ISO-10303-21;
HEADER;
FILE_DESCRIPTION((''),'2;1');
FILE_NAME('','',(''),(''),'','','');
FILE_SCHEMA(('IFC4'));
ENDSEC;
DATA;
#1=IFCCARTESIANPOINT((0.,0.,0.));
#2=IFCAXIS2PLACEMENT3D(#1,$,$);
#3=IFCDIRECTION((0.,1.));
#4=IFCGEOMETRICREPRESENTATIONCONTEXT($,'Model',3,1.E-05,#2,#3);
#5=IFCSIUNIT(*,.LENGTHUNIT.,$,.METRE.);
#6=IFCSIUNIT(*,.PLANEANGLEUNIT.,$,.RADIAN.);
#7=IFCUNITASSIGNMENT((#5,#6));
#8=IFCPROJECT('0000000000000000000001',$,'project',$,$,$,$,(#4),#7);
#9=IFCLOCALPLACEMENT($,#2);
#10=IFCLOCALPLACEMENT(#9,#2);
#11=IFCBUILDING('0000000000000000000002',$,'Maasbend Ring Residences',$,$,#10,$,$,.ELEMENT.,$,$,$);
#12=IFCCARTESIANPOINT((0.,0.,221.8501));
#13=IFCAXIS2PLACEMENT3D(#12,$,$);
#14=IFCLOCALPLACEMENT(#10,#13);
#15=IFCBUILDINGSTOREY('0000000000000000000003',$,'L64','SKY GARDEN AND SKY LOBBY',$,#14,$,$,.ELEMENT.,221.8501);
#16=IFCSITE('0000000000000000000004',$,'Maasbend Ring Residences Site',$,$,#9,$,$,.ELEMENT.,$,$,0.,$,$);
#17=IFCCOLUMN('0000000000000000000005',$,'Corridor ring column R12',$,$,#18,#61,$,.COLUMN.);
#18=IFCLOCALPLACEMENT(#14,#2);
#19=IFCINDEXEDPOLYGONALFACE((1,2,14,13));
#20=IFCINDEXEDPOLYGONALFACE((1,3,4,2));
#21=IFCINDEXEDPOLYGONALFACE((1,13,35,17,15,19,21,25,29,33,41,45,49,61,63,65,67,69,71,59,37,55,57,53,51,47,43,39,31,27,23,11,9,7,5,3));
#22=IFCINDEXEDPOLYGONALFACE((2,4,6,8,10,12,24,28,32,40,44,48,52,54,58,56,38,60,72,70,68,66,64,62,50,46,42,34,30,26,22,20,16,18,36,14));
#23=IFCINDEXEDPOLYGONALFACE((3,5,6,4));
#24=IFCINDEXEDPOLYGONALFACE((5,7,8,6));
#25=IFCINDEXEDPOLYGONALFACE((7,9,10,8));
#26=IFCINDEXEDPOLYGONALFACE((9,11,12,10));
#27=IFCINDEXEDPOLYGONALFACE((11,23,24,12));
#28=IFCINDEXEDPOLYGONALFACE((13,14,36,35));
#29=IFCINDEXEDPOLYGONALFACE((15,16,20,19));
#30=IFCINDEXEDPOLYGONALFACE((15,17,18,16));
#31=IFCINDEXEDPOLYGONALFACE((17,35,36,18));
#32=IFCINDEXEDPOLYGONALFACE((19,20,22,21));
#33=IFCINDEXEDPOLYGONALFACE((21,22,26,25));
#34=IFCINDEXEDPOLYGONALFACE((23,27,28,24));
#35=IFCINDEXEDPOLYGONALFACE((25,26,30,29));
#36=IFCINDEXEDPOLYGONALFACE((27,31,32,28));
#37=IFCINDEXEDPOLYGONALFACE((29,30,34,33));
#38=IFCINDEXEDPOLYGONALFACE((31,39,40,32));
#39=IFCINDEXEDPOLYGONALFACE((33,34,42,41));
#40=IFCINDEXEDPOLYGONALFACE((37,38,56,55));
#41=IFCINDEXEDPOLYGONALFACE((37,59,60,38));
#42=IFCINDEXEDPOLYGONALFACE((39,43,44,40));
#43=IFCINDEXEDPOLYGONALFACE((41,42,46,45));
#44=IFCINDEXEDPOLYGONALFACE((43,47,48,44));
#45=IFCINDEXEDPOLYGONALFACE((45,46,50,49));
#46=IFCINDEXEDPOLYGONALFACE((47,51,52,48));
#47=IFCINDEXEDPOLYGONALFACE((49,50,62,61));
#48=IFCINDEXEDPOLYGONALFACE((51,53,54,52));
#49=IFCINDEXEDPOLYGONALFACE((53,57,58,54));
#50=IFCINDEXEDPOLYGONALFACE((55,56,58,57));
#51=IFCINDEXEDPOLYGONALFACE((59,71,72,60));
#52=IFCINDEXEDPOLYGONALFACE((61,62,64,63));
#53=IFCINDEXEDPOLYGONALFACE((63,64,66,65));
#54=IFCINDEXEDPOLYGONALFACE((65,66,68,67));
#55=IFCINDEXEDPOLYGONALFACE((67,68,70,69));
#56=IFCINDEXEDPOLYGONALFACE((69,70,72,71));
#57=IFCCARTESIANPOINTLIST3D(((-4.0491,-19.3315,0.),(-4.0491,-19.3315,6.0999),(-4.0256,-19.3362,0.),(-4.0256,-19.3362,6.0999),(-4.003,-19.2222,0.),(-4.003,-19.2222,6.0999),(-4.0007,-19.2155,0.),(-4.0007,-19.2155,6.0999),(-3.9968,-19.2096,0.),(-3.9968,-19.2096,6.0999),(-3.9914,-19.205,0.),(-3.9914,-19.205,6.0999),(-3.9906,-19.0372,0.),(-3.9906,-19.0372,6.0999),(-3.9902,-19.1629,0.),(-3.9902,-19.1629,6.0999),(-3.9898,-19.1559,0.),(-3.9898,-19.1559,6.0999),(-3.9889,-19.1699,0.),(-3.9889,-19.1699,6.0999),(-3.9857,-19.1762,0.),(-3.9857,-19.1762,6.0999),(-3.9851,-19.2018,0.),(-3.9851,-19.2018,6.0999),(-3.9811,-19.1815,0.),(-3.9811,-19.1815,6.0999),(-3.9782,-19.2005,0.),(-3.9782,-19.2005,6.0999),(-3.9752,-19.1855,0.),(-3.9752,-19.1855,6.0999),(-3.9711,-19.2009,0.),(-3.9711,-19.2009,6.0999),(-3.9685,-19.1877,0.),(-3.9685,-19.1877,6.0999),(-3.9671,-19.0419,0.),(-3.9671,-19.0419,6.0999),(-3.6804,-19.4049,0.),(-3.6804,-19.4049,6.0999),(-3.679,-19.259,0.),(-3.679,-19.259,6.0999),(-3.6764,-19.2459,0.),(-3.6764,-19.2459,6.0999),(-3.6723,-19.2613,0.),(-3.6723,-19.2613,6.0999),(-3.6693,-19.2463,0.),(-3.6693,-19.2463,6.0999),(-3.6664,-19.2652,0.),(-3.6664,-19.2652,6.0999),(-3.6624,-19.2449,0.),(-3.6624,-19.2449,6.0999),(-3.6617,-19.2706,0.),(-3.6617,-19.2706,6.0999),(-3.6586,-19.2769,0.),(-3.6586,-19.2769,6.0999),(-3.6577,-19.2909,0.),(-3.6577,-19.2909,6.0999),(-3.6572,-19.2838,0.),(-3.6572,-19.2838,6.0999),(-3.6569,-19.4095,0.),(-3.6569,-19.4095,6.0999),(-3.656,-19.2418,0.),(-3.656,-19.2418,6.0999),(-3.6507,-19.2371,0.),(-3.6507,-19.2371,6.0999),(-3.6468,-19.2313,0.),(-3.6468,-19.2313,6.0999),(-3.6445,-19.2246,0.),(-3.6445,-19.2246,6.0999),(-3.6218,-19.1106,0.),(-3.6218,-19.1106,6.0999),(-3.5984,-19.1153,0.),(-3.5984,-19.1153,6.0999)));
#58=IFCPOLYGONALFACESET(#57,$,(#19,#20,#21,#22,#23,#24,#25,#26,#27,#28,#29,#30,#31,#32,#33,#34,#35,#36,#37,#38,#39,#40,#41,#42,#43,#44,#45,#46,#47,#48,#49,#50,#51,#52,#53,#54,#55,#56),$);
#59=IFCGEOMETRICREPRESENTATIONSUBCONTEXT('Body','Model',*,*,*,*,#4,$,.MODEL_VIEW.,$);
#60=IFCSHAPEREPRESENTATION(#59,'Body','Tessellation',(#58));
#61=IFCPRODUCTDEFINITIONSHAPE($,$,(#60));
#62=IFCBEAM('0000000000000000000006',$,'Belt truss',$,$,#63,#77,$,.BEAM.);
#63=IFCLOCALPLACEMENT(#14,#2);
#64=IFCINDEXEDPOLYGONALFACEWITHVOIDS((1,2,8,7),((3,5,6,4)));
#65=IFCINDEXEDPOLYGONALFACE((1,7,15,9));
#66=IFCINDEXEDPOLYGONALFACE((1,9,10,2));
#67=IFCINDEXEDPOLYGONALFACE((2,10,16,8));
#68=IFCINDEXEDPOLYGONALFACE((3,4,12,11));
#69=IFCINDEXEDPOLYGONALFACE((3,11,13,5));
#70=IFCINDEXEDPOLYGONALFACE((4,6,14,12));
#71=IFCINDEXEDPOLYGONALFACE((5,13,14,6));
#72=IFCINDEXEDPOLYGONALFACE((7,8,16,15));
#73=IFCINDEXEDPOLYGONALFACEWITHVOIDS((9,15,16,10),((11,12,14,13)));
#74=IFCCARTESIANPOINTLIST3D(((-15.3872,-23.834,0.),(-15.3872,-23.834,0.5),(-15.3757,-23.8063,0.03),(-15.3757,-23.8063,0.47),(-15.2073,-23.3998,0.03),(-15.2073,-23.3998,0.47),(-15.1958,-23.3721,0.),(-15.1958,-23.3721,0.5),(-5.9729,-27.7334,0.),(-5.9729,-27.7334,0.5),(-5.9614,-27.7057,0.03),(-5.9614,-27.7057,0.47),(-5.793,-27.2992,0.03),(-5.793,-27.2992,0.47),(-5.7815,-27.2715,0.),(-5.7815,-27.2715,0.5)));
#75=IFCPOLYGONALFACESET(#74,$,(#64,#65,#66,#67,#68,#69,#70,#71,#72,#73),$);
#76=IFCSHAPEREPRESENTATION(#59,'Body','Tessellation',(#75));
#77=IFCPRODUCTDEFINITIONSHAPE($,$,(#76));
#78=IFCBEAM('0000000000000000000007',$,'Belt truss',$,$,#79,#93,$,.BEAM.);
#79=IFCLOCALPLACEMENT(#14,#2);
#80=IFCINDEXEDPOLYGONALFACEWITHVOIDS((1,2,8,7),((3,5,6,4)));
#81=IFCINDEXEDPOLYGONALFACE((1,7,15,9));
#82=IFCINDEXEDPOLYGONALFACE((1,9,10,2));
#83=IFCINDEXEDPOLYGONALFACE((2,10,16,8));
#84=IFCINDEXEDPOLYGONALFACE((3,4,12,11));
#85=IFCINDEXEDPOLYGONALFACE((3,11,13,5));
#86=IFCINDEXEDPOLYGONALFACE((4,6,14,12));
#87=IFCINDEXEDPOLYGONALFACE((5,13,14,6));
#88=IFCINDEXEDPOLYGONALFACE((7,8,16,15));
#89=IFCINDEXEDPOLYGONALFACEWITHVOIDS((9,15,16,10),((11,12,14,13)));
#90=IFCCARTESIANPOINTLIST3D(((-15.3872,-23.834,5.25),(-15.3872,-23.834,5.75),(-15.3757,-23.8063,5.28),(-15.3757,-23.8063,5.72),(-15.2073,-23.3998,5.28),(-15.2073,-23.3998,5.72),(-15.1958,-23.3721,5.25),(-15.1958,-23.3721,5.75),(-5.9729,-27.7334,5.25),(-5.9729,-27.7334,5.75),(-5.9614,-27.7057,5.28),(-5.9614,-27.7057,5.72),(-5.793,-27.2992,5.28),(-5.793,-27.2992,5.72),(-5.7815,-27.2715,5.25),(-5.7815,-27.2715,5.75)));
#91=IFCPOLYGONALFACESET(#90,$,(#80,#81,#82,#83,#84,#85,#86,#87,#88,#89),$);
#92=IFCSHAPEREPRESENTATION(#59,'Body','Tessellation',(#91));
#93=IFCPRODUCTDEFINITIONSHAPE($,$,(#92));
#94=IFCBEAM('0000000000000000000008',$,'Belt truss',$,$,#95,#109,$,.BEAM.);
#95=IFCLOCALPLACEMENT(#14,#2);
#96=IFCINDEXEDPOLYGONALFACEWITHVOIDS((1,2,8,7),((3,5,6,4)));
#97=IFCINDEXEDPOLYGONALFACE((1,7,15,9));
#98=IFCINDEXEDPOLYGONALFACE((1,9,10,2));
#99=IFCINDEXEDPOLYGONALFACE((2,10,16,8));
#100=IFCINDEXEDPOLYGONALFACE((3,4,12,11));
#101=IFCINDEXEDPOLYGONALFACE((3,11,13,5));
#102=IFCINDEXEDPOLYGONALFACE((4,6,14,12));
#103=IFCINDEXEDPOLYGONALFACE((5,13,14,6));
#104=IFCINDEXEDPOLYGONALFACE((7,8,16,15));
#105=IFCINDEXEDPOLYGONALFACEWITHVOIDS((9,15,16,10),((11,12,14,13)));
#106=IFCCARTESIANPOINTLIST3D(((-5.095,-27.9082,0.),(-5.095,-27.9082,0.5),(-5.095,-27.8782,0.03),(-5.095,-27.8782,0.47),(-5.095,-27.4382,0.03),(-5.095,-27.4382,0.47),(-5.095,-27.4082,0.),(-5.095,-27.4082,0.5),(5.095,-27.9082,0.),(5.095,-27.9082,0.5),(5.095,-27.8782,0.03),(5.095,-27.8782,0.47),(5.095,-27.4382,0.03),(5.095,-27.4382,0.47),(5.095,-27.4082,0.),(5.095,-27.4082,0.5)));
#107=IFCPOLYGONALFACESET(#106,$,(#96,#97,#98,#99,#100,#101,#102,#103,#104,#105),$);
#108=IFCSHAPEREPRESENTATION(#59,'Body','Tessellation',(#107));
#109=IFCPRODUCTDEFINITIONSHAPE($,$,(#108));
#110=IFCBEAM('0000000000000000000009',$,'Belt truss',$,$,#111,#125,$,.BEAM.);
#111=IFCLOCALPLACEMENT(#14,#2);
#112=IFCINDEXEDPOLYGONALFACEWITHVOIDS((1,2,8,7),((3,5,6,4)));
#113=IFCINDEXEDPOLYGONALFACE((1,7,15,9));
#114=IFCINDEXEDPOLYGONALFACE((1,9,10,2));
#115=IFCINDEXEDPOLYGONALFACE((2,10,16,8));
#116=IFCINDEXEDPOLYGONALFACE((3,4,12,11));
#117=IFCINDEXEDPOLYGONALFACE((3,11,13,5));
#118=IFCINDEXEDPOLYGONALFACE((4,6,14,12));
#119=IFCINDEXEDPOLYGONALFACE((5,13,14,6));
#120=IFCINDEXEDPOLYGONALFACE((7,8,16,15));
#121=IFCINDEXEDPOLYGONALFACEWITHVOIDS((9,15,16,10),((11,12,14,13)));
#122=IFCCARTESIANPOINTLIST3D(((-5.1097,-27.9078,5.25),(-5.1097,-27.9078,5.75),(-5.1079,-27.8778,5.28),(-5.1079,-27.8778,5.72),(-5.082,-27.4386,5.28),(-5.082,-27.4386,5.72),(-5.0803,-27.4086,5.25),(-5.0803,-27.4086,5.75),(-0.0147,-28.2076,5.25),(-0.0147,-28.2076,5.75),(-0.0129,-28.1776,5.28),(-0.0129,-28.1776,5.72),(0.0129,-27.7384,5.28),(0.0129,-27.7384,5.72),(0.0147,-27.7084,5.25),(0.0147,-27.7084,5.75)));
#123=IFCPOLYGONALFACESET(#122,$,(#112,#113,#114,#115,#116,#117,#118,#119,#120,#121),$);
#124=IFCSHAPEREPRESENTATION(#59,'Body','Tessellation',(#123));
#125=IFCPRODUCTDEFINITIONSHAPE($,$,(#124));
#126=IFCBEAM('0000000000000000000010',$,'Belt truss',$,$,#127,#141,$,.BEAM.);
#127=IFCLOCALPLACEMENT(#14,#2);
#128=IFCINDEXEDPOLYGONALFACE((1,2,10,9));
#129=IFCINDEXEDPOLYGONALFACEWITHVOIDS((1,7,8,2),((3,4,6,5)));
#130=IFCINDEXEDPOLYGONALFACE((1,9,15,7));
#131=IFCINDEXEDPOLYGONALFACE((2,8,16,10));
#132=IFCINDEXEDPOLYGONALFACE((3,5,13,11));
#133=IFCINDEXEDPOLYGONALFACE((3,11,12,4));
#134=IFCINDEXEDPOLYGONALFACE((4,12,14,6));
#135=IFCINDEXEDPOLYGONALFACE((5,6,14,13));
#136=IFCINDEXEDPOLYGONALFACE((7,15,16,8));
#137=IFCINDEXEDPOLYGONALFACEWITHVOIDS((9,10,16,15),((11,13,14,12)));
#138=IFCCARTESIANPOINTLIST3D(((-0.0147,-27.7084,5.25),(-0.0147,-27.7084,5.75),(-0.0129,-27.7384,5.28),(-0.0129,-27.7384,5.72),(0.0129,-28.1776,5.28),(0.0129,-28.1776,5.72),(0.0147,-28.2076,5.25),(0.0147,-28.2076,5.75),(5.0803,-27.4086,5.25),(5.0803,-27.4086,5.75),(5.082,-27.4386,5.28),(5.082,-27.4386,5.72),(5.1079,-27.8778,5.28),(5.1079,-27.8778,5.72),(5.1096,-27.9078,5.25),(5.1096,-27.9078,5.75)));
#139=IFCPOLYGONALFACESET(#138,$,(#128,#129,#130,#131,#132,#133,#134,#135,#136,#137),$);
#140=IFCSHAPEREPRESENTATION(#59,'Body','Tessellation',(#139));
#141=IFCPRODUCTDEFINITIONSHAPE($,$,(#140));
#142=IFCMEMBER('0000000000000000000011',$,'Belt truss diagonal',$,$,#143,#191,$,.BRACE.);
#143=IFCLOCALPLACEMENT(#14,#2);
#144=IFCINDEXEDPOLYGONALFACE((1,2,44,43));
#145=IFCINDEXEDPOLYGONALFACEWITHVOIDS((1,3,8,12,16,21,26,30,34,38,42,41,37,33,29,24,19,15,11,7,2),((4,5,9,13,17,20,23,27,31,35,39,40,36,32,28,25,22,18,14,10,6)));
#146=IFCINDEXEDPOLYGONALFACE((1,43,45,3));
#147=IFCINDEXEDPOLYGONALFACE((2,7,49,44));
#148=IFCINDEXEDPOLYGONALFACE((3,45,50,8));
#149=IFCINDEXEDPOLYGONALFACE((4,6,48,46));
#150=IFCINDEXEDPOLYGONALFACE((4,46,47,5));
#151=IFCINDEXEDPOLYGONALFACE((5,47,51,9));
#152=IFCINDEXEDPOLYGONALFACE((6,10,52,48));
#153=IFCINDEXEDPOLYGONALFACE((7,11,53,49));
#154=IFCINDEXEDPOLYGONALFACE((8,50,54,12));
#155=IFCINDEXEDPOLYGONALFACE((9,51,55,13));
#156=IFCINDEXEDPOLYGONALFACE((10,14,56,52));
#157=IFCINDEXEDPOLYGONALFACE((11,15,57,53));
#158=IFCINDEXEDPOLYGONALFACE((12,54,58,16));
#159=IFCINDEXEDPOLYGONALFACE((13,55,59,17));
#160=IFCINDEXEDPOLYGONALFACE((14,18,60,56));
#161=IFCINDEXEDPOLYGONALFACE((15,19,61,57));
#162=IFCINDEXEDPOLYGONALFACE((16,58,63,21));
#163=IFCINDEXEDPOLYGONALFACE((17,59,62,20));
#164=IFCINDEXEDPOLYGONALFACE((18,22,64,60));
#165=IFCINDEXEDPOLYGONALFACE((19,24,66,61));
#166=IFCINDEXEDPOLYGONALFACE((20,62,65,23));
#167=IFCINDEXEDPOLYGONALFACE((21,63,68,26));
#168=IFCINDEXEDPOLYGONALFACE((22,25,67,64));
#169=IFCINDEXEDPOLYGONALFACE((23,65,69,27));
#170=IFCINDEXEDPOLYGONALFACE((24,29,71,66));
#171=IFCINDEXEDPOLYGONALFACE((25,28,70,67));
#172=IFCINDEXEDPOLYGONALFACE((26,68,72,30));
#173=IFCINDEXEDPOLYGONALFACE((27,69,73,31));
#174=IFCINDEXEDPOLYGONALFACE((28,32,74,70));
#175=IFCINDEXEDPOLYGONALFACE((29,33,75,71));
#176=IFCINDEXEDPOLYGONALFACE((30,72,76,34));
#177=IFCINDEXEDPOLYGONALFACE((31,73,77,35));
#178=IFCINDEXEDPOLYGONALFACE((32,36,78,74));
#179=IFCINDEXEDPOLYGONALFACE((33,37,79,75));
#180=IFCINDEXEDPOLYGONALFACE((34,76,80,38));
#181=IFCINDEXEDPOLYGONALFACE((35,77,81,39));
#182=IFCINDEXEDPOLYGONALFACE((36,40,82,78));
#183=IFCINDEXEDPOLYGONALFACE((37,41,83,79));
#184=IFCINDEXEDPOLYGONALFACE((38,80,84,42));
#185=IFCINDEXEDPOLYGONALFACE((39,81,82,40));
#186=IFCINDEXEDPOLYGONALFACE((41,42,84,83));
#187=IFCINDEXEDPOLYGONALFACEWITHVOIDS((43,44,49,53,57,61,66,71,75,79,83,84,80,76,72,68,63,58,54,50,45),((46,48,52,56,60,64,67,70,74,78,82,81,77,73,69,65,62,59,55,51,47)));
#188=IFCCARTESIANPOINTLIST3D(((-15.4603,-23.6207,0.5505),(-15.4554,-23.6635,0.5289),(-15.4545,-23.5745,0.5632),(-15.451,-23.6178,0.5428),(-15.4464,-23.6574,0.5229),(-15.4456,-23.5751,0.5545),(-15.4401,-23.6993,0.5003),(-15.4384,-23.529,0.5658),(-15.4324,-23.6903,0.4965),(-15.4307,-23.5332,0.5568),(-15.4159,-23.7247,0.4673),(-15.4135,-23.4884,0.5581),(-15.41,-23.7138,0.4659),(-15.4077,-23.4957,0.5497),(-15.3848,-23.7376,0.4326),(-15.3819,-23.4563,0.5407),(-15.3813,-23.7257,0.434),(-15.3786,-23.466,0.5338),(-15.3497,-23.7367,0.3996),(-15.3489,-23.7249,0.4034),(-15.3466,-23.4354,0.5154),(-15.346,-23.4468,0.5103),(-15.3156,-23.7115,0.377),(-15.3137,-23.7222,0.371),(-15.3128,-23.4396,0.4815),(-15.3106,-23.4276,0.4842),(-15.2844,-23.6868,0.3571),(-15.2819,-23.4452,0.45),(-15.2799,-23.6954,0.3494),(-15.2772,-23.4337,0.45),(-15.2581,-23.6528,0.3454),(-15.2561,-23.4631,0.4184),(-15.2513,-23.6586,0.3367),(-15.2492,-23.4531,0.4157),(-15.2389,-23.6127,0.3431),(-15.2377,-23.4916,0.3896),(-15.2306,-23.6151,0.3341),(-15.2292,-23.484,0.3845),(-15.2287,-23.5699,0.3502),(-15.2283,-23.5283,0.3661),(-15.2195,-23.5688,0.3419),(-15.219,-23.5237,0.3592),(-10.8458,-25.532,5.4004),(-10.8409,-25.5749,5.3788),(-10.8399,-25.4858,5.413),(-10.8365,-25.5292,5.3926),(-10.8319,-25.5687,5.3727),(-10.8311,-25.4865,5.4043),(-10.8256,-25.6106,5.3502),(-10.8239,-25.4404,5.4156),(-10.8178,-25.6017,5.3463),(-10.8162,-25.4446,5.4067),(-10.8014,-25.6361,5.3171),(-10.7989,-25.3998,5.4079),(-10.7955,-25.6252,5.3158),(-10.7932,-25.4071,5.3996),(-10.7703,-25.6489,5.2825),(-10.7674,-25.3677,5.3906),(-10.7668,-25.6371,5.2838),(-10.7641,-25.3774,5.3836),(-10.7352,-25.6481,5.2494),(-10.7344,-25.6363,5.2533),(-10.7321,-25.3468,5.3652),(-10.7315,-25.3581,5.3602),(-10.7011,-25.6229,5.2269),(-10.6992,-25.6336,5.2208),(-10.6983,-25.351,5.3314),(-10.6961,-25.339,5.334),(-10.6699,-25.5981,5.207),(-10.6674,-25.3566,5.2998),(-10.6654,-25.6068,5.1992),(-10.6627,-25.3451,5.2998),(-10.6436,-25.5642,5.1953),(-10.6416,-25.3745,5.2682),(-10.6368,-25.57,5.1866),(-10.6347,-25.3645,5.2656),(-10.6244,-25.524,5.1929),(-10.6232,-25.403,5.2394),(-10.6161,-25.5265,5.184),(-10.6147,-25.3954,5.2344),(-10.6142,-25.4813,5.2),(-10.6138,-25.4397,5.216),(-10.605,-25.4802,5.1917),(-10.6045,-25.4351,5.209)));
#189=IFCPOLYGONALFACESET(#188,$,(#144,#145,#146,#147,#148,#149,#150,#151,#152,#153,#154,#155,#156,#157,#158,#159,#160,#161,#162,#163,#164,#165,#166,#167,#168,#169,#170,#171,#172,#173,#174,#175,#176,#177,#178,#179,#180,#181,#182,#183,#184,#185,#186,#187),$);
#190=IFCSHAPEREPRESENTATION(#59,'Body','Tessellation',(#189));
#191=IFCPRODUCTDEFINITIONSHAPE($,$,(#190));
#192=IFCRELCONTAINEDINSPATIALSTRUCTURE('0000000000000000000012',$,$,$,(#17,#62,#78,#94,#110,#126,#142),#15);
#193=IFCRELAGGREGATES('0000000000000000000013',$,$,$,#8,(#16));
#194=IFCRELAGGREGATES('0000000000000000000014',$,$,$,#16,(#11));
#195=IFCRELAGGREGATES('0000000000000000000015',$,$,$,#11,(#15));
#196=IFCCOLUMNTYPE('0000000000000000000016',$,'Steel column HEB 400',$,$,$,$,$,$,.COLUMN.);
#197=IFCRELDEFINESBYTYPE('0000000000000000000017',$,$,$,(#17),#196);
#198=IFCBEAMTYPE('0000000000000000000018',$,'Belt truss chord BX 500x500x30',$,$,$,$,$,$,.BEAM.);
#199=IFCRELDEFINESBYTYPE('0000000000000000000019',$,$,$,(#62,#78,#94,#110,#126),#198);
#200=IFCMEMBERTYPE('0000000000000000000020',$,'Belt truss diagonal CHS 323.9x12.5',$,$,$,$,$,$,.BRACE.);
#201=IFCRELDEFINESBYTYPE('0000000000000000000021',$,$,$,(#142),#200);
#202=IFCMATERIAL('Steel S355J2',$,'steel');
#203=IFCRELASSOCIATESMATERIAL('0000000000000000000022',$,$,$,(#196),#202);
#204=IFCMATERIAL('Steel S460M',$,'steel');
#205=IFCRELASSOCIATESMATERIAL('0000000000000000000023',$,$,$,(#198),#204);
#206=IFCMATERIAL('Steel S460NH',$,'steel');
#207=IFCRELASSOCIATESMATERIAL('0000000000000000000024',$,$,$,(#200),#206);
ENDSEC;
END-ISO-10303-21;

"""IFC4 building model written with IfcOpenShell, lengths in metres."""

from ifc_helpers import new_model, si_unit, direction, frame, origin, origin_2d, place, context, subcontext, project, spatial, hollow_rectangle, hollow_circle, i_section, extrude, material, material_profile, profile_set, type_object, element, save


model = new_model("IFC4")

# Units and contexts
model_context = context("Model", 3, precision=1e-05, world=origin(), true_north=direction((0.0, 1.0)))
body_context = subcontext(model_context, "Body", "Model", "MODEL_VIEW")
ifc_project = project(units=[si_unit("LENGTHUNIT", "METRE"), si_unit("PLANEANGLEUNIT", "RADIAN")], contexts=[model_context])

# Site, building, storey
site_placement = place(None, origin())
site = spatial("IfcSite", under=ifc_project, at=site_placement, Name="Maasbend Ring Residences Site", CompositionType="ELEMENT", RefElevation=0.0)
building_placement = place(site_placement, origin())
building = spatial("IfcBuilding", under=site, at=building_placement, Name="Maasbend Ring Residences", CompositionType="ELEMENT")
storey_placement = place(building_placement, frame((0.0, 0.0, 221.8501)))
storey = spatial("IfcBuildingStorey", under=building, at=storey_placement, Name="L64", Description="SKY GARDEN AND SKY LOBBY", CompositionType="ELEMENT", Elevation=221.8501)

# Column
ifc_material_1 = material(Name="Steel S355J2", Category="steel")
ifc_material_profile_1 = material_profile(ifc_material_1, i_section(OverallWidth=0.3, OverallDepth=0.3999, WebThickness=0.0134, FlangeThickness=0.0239, FilletRadius=0.0271, at=origin_2d()), Name="HEB 400")
ifc_profile_set_1 = profile_set([ifc_material_profile_1], Name="Steel S355J2")
column_type_1 = type_object("IfcColumnType", Name="Steel column HEB 400", PredefinedType="COLUMN", material=ifc_profile_set_1)
for number, where, z_axis, x_axis, name in (
    (1, (-3.8237, -19.2234, 0.0), (0.0, 0.0, 1.0), (-0.19509, -0.980785, 0.0), "Corridor ring column R12"),
):
    element("IfcColumn", number, at=place(storey_placement, frame(where, z_axis=z_axis, x_axis=x_axis)), inside=storey, type_object=column_type_1, Name=name, PredefinedType="COLUMN", context=body_context, shape_type="SweptSolid", body=[
        extrude(i_section(OverallWidth=0.3, OverallDepth=0.3999, WebThickness=0.0134, FlangeThickness=0.0239, FilletRadius=0.0271, at=origin_2d()), origin(), (0.0, 0.0, 1.0), 6.0999),
    ])

# Beams
ifc_material_2 = material(Name="Steel S460M", Category="steel")
ifc_material_profile_2 = material_profile(ifc_material_2, hollow_rectangle(XDim=0.5, YDim=0.5, WallThickness=0.03, at=origin_2d()), Name="Belt truss chord BX 500x500x30")
ifc_profile_set_2 = profile_set([ifc_material_profile_2], Name="Steel S460M")
beam_type_1 = type_object("IfcBeamType", Name="Belt truss chord BX 500x500x30", PredefinedType="BEAM", material=ifc_profile_set_2)
for number, where, z_axis, x_axis, name in (
    (2, (-15.2915, -23.603, 0.25), (0.923884, -0.382673, 0.0), (0.382673, 0.923884, 0.0), "Belt truss"),
    (3, (-15.2915, -23.603, 5.5), (0.923884, -0.382673, 0.0), (0.382673, 0.923884, 0.0), "Belt truss"),
    (4, (-5.095, -27.6582, 0.25), (1.0, 0.0, 0.0), (0.0, 1.0, 0.0), "Belt truss"),
):
    element("IfcBeam", number, at=place(storey_placement, frame(where, z_axis=z_axis, x_axis=x_axis)), inside=storey, type_object=beam_type_1, Name=name, PredefinedType="BEAM", context=body_context, shape_type="SweptSolid", body=[
        extrude(hollow_rectangle(XDim=0.5, YDim=0.5, WallThickness=0.03, at=origin_2d()), origin(), (0.0, 0.0, 1.0), 10.1899),
    ])
for number, where, z_axis, x_axis, name in (
    (5, (-5.095, -27.6582, 5.5), (0.998273, -0.058742, 0.0), (0.058742, 0.998273, 0.0), "Belt truss"),
    (6, (0.0, -27.958, 5.5), (0.998273, 0.058742, 0.0), (-0.058742, 0.998273, 0.0), "Belt truss"),
):
    element("IfcBeam", number, at=place(storey_placement, frame(where, z_axis=z_axis, x_axis=x_axis)), inside=storey, type_object=beam_type_1, Name=name, PredefinedType="BEAM", context=body_context, shape_type="SweptSolid", body=[
        extrude(hollow_rectangle(XDim=0.5, YDim=0.5, WallThickness=0.03, at=origin_2d()), origin(), (0.0, 0.0, 1.0), 5.1038),
    ])

# Member
ifc_material_3 = material(Name="Steel S460NH", Category="steel")
ifc_material_profile_3 = material_profile(ifc_material_3, hollow_circle(Radius=0.1619, WallThickness=0.0125, at=origin_2d()), Name="Belt truss diagonal CHS 323.9x12.5")
ifc_profile_set_3 = profile_set([ifc_material_profile_3], Name="Steel S460NH")
member_type_1 = type_object("IfcMemberType", Name="Belt truss diagonal CHS 323.9x12.5", PredefinedType="BRACE", material=ifc_profile_set_3)
for number, where, z_axis, x_axis, name in (
    (7, (-15.3391, -23.5833, 0.45), (0.662822, -0.274548, 0.696628), (0.382681, 0.92388, 0.0), "Belt truss diagonal"),
):
    element("IfcMember", number, at=place(storey_placement, frame(where, z_axis=z_axis, x_axis=x_axis)), inside=storey, type_object=member_type_1, Name=name, PredefinedType="BRACE", context=body_context, shape_type="SweptSolid", body=[
        extrude(hollow_circle(Radius=0.1619, WallThickness=0.0125, at=origin_2d()), origin(), (0.0, 0.0, 1.0), 6.9619),
    ])

save(model, "model.ifc")
